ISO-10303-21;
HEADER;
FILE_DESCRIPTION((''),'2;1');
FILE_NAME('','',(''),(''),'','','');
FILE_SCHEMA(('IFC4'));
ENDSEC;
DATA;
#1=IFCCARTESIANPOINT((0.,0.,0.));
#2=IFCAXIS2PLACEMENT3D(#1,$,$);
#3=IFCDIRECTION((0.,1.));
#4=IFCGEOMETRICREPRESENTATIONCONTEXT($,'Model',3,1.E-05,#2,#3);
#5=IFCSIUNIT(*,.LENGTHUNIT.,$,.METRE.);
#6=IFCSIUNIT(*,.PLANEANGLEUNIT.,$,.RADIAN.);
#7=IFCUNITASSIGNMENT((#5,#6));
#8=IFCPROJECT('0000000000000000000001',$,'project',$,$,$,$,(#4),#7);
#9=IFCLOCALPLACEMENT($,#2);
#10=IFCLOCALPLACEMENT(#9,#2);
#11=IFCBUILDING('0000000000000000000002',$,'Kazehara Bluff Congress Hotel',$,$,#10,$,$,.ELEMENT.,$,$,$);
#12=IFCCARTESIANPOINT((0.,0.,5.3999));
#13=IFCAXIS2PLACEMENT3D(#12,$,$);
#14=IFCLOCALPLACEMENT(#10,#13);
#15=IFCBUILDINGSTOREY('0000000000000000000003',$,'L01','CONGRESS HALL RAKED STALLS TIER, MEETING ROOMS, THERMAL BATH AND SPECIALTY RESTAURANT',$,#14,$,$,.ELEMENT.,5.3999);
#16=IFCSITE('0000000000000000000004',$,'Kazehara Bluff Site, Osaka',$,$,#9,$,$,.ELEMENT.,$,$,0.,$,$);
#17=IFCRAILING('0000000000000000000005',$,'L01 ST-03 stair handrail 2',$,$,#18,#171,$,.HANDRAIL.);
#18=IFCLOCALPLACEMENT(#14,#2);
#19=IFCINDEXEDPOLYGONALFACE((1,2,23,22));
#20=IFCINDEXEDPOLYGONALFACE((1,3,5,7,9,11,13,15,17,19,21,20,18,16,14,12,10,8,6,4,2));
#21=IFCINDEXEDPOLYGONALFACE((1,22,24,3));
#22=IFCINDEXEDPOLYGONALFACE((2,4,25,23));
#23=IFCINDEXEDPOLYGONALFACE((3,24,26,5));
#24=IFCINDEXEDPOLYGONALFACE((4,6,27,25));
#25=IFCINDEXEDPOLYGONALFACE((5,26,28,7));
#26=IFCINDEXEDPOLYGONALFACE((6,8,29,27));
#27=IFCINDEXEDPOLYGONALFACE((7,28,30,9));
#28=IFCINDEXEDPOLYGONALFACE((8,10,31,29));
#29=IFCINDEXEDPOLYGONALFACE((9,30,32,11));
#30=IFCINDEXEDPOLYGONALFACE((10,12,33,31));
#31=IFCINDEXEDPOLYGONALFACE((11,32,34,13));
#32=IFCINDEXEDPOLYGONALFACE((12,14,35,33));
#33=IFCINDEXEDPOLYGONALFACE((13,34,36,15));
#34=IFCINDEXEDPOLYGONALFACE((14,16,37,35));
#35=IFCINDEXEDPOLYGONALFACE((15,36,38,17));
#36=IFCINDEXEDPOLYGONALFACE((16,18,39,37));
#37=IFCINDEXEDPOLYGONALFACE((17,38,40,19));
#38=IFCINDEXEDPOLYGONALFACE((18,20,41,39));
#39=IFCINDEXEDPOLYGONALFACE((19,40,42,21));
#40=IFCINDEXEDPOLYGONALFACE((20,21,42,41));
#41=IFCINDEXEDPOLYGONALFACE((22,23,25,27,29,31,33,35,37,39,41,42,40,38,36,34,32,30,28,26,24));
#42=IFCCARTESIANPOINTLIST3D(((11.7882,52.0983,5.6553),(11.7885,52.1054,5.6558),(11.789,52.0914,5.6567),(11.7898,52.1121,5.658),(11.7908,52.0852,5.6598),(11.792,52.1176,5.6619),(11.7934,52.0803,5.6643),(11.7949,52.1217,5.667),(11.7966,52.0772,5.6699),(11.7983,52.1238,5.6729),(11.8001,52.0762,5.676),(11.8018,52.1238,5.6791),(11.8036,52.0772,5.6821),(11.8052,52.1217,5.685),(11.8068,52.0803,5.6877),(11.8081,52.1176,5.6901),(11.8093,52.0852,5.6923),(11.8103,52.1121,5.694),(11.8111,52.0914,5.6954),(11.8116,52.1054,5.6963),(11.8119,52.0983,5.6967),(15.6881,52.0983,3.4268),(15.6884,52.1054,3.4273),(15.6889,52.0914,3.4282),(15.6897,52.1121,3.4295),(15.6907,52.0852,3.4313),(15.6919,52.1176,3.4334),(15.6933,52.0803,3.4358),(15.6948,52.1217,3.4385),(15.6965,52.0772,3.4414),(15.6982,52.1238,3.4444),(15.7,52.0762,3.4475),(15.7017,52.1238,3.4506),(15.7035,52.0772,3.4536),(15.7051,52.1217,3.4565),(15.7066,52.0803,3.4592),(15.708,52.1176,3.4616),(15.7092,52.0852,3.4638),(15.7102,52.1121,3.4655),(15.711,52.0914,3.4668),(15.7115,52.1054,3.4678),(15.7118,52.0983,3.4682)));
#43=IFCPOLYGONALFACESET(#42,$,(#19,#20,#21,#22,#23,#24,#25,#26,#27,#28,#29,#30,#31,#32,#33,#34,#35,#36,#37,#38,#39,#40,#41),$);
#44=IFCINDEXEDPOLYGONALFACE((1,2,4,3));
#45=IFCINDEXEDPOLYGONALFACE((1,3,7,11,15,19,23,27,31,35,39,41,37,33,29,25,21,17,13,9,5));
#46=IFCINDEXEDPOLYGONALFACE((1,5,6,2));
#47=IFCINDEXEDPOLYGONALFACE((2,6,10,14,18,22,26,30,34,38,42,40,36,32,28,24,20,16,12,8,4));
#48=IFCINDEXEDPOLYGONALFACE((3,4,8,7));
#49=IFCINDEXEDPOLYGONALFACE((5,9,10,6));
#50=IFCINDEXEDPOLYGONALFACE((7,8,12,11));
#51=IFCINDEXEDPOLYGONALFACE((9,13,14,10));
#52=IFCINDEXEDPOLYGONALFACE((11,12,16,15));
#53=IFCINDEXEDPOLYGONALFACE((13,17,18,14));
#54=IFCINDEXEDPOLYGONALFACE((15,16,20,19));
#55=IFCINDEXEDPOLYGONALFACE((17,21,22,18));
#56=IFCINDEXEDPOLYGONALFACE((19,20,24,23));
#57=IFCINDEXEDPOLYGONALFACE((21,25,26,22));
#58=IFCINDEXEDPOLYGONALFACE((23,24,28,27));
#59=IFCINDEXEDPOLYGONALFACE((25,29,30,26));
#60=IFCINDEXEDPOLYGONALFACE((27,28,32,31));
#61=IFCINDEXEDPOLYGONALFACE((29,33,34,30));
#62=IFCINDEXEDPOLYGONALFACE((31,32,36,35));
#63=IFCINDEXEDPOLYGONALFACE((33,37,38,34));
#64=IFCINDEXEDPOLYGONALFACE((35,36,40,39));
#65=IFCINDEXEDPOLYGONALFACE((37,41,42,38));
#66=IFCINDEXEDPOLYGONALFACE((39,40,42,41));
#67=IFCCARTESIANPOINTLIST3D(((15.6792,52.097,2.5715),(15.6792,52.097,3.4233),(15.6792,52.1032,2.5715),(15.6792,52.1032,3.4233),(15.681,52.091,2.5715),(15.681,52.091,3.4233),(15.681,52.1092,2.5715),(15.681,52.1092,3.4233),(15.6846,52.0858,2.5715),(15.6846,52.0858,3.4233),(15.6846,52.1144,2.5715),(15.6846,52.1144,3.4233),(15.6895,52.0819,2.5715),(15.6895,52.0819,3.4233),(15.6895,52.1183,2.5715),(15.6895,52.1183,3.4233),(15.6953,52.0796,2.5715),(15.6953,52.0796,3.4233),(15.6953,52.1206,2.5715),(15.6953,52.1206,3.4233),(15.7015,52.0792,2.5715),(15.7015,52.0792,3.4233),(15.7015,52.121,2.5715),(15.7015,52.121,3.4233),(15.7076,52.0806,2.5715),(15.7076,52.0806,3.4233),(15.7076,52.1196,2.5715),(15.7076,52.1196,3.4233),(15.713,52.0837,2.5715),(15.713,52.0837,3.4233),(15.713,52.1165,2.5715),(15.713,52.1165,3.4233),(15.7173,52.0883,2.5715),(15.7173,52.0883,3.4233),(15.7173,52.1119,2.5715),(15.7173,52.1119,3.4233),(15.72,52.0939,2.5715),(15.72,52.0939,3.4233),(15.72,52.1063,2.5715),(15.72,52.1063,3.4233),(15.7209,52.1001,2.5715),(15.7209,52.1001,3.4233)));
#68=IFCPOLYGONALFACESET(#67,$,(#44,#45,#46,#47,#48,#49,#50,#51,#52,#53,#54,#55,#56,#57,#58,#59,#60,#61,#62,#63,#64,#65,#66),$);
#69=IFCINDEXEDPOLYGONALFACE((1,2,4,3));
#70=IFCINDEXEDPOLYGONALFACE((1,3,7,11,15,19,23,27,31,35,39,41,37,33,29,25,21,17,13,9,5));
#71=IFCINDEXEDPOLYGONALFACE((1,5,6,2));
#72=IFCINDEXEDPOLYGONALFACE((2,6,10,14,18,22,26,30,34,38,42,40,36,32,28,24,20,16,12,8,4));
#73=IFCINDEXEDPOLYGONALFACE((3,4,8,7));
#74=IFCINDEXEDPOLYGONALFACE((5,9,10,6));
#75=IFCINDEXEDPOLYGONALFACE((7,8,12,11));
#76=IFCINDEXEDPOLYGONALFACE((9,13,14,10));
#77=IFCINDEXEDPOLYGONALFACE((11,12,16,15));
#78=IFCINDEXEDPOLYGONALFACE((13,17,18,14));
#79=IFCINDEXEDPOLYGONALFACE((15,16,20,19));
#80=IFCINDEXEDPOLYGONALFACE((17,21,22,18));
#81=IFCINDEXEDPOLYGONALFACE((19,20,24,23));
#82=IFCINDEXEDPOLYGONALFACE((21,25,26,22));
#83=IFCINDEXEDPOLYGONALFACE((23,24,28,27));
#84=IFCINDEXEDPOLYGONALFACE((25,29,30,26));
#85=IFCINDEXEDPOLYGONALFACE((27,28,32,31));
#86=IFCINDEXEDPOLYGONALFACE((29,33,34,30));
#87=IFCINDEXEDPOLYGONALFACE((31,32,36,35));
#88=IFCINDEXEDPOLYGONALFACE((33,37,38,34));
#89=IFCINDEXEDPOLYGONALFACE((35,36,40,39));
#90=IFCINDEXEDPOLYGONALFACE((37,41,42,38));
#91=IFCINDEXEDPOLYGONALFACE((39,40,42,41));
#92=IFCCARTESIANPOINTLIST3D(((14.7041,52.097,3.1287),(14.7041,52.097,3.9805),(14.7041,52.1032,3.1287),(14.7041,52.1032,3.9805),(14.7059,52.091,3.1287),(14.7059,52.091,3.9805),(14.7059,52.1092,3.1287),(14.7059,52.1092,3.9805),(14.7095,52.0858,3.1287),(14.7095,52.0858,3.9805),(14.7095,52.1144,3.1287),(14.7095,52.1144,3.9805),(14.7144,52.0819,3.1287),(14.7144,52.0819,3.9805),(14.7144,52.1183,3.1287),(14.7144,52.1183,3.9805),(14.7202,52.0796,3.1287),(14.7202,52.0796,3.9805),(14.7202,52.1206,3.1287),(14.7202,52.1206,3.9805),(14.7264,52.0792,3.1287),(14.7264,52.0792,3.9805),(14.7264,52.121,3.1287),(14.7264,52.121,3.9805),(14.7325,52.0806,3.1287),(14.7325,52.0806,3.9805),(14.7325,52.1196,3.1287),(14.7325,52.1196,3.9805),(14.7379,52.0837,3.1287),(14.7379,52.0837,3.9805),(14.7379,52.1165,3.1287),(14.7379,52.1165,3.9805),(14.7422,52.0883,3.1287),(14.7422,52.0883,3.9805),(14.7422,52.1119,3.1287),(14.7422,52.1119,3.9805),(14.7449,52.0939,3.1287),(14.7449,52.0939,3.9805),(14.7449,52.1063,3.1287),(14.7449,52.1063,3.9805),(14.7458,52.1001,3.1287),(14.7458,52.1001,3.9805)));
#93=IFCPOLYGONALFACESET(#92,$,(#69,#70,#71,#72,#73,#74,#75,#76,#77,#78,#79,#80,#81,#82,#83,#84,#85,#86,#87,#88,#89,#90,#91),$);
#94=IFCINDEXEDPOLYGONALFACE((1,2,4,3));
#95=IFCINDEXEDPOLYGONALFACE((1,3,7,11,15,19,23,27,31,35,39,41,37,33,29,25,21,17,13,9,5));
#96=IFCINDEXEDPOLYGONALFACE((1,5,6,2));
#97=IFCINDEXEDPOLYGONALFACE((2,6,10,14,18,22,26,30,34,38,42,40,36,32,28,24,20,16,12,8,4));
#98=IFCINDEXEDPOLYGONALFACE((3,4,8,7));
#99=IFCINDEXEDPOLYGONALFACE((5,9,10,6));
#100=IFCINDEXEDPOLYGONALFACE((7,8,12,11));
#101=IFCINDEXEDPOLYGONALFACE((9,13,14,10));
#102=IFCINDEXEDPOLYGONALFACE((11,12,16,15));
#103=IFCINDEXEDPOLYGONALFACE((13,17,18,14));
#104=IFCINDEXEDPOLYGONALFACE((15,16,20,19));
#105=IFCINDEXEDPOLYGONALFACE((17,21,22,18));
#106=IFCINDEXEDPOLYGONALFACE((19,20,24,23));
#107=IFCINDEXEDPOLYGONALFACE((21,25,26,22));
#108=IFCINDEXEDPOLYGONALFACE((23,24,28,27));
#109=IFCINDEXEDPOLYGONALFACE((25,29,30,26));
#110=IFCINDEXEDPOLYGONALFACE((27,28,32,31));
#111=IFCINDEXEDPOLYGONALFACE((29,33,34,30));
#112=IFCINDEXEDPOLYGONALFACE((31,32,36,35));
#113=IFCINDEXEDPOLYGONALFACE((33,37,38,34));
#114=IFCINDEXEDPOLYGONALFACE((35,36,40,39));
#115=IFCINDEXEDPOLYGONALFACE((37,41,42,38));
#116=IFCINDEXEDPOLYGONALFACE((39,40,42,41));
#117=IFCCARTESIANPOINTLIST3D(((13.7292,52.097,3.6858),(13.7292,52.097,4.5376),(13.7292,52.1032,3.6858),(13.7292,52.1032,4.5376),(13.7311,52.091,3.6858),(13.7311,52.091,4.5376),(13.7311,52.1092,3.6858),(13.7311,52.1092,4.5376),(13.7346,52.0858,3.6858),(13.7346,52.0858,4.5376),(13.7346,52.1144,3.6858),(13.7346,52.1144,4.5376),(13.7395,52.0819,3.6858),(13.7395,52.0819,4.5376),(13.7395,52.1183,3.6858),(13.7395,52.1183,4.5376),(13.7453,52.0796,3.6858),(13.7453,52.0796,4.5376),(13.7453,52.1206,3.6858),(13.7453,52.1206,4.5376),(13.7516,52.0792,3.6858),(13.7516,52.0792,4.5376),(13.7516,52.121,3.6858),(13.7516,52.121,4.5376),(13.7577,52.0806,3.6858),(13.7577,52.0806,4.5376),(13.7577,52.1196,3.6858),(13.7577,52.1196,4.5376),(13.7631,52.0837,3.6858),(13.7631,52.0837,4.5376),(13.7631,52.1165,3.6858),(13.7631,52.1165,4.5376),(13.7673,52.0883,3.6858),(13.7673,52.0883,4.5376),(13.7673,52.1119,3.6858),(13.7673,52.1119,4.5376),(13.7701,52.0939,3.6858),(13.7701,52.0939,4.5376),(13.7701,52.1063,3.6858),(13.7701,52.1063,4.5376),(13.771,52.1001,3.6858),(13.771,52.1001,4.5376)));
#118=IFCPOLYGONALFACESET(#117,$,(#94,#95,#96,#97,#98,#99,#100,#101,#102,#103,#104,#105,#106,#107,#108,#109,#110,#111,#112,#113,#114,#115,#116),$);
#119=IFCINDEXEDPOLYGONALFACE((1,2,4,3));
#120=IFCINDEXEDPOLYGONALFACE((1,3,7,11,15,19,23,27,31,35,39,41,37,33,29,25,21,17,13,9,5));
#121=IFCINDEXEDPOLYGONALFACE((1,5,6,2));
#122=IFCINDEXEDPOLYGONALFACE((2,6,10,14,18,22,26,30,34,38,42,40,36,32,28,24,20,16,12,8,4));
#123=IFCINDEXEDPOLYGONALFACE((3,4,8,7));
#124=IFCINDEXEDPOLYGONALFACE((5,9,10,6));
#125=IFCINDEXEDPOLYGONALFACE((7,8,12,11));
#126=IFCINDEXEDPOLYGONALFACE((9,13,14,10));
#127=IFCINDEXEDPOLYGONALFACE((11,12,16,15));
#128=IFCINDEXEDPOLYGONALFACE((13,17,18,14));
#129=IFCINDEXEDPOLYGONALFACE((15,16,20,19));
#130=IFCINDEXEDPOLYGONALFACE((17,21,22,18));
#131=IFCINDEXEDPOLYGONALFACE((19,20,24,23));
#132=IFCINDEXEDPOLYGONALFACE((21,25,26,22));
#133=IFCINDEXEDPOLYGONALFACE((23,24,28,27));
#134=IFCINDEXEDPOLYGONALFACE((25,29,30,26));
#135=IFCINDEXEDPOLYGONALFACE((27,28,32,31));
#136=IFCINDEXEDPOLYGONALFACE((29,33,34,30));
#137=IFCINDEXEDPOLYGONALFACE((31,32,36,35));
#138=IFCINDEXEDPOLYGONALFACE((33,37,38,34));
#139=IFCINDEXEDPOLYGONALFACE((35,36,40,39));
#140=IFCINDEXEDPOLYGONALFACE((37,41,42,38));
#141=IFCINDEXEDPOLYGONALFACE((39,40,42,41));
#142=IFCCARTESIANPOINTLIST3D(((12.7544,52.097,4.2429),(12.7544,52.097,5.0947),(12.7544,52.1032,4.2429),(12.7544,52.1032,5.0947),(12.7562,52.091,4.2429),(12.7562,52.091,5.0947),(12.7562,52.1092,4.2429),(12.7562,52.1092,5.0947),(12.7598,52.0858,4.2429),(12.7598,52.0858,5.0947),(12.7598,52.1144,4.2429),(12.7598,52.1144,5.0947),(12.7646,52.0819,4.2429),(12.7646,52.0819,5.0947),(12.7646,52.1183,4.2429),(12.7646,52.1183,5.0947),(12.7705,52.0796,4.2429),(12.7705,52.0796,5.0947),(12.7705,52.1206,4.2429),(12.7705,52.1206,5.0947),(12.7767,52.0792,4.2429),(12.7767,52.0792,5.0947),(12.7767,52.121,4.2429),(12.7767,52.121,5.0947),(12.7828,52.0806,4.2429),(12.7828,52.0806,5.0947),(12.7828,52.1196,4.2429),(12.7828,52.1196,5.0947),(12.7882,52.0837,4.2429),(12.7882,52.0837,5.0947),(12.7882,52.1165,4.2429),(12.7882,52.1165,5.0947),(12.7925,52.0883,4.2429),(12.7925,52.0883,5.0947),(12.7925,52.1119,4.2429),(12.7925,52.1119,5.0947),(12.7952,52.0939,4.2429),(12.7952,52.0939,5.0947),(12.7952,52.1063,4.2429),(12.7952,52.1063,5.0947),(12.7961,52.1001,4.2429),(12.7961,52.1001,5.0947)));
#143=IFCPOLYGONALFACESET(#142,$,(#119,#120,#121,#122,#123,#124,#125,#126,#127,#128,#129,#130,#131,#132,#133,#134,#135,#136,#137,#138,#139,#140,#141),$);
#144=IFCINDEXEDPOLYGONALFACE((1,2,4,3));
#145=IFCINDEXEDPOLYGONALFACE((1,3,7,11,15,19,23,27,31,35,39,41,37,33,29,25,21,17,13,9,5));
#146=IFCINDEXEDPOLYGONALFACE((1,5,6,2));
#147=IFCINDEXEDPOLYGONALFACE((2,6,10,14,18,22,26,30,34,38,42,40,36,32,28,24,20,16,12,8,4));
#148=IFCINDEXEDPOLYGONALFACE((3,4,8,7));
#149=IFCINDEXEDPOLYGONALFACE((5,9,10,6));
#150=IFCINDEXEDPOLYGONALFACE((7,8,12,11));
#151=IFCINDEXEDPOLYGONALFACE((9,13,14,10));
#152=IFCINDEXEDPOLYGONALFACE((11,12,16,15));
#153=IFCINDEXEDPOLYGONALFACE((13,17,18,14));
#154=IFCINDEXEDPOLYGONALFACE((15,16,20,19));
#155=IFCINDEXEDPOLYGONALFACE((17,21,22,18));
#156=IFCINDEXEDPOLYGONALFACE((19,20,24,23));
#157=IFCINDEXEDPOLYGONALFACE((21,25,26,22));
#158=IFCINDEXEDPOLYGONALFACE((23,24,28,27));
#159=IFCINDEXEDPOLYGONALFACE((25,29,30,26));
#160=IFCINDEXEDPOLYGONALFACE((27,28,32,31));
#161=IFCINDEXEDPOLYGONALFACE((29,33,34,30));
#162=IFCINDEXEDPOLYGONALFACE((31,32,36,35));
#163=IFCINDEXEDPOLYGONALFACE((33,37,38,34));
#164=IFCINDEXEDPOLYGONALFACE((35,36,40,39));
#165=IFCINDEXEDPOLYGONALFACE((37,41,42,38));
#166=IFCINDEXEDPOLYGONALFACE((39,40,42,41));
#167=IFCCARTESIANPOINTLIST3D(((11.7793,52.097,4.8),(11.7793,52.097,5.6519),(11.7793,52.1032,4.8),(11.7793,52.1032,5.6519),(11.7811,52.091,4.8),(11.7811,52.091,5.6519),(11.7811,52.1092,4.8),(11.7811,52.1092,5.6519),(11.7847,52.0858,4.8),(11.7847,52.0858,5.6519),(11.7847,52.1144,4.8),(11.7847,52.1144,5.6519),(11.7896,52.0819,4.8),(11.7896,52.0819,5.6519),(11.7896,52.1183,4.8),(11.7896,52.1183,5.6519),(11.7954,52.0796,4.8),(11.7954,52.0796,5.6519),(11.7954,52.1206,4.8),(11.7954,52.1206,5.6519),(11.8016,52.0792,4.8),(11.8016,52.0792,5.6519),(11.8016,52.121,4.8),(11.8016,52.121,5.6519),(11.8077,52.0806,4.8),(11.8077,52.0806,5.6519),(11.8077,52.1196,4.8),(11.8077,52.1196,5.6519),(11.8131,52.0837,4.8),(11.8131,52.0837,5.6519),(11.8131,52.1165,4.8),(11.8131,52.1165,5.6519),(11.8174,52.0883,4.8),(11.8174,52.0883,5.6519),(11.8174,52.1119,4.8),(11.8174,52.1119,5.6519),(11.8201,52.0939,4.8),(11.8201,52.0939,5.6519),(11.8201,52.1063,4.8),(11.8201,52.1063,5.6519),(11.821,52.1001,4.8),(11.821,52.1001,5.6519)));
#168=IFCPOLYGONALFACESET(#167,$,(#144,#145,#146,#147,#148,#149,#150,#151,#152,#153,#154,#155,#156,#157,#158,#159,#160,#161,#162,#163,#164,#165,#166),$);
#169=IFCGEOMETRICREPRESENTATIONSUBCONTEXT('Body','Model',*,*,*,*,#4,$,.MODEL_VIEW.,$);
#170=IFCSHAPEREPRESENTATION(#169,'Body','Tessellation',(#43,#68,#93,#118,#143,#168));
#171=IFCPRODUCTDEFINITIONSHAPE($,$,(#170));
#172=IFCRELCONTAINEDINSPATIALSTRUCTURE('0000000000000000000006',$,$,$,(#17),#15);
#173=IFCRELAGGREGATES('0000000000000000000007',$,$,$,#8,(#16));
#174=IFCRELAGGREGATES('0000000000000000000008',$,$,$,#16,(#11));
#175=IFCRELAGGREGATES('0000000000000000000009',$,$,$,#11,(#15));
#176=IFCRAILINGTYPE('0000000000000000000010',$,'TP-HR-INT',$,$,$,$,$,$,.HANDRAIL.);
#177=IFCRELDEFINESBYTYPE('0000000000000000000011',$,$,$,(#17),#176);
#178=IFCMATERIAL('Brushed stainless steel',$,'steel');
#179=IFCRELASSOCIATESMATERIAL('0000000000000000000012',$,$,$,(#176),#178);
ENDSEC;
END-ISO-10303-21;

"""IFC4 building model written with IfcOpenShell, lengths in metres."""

from ifc_helpers import new_model, si_unit, direction, frame, origin, origin_2d, place, context, subcontext, project, spatial, circle, extrude, material, type_object, element, save


model = new_model("IFC4")

# Units and contexts
model_context = context("Model", 3, precision=1e-05, world=origin(), true_north=direction((0.0, 1.0)))
body_context = subcontext(model_context, "Body", "Model", "MODEL_VIEW")
ifc_project = project(units=[si_unit("LENGTHUNIT", "METRE"), si_unit("PLANEANGLEUNIT", "RADIAN")], contexts=[model_context])

# Site, building, storey
site_placement = place(None, origin())
site = spatial("IfcSite", under=ifc_project, at=site_placement, Name="Kazehara Bluff Site, Osaka", CompositionType="ELEMENT", RefElevation=0.0)
building_placement = place(site_placement, origin())
building = spatial("IfcBuilding", under=site, at=building_placement, Name="Kazehara Bluff Congress Hotel", CompositionType="ELEMENT")
storey_placement = place(building_placement, frame((0.0, 0.0, 5.3999)))
storey = spatial("IfcBuildingStorey", under=building, at=storey_placement, Name="L01", Description="CONGRESS HALL RAKED STALLS TIER, MEETING ROOMS, THERMAL BATH AND SPECIALTY RESTAURANT", CompositionType="ELEMENT", Elevation=5.3999)

# Railing
ifc_material_1 = material(Name="Brushed stainless steel", Category="steel")
railing_type_1 = type_object("IfcRailingType", Name="TP-HR-INT", PredefinedType="HANDRAIL", material=ifc_material_1)
railing_1_placement = place(storey_placement, frame((15.7, 52.1001, 2.5715)))
element("IfcRailing", 1, at=railing_1_placement, inside=storey, type_object=railing_type_1, Name="L01 ST-03 stair handrail 2", PredefinedType="HANDRAIL", context=body_context, shape_type="SweptSolid", body=[
    extrude(circle(Radius=0.0239, at=origin_2d()), frame((0.0, 0.0, 0.876), z_axis=(-0.868243, 0.0, 0.496139), x_axis=(0.0, -1.0, 0.0)), (0.0, 0.0, 1.0), 4.4917),
    extrude(circle(Radius=0.021, at=origin_2d()), origin(), (0.0, 0.0, 1.0), 0.8518),
    extrude(circle(Radius=0.021, at=origin_2d()), frame((-0.9751, 0.0, 0.5571)), (0.0, 0.0, 1.0), 0.8518),
    extrude(circle(Radius=0.021, at=origin_2d()), frame((-1.95, 0.0, 1.1143)), (0.0, 0.0, 1.0), 0.8518),
    extrude(circle(Radius=0.021, at=origin_2d()), frame((-2.9248, 0.0, 1.6714)), (0.0, 0.0, 1.0), 0.8518),
    extrude(circle(Radius=0.021, at=origin_2d()), frame((-3.8999, 0.0, 2.2285)), (0.0, 0.0, 1.0), 0.8518),
])

save(model, "model.ifc")
